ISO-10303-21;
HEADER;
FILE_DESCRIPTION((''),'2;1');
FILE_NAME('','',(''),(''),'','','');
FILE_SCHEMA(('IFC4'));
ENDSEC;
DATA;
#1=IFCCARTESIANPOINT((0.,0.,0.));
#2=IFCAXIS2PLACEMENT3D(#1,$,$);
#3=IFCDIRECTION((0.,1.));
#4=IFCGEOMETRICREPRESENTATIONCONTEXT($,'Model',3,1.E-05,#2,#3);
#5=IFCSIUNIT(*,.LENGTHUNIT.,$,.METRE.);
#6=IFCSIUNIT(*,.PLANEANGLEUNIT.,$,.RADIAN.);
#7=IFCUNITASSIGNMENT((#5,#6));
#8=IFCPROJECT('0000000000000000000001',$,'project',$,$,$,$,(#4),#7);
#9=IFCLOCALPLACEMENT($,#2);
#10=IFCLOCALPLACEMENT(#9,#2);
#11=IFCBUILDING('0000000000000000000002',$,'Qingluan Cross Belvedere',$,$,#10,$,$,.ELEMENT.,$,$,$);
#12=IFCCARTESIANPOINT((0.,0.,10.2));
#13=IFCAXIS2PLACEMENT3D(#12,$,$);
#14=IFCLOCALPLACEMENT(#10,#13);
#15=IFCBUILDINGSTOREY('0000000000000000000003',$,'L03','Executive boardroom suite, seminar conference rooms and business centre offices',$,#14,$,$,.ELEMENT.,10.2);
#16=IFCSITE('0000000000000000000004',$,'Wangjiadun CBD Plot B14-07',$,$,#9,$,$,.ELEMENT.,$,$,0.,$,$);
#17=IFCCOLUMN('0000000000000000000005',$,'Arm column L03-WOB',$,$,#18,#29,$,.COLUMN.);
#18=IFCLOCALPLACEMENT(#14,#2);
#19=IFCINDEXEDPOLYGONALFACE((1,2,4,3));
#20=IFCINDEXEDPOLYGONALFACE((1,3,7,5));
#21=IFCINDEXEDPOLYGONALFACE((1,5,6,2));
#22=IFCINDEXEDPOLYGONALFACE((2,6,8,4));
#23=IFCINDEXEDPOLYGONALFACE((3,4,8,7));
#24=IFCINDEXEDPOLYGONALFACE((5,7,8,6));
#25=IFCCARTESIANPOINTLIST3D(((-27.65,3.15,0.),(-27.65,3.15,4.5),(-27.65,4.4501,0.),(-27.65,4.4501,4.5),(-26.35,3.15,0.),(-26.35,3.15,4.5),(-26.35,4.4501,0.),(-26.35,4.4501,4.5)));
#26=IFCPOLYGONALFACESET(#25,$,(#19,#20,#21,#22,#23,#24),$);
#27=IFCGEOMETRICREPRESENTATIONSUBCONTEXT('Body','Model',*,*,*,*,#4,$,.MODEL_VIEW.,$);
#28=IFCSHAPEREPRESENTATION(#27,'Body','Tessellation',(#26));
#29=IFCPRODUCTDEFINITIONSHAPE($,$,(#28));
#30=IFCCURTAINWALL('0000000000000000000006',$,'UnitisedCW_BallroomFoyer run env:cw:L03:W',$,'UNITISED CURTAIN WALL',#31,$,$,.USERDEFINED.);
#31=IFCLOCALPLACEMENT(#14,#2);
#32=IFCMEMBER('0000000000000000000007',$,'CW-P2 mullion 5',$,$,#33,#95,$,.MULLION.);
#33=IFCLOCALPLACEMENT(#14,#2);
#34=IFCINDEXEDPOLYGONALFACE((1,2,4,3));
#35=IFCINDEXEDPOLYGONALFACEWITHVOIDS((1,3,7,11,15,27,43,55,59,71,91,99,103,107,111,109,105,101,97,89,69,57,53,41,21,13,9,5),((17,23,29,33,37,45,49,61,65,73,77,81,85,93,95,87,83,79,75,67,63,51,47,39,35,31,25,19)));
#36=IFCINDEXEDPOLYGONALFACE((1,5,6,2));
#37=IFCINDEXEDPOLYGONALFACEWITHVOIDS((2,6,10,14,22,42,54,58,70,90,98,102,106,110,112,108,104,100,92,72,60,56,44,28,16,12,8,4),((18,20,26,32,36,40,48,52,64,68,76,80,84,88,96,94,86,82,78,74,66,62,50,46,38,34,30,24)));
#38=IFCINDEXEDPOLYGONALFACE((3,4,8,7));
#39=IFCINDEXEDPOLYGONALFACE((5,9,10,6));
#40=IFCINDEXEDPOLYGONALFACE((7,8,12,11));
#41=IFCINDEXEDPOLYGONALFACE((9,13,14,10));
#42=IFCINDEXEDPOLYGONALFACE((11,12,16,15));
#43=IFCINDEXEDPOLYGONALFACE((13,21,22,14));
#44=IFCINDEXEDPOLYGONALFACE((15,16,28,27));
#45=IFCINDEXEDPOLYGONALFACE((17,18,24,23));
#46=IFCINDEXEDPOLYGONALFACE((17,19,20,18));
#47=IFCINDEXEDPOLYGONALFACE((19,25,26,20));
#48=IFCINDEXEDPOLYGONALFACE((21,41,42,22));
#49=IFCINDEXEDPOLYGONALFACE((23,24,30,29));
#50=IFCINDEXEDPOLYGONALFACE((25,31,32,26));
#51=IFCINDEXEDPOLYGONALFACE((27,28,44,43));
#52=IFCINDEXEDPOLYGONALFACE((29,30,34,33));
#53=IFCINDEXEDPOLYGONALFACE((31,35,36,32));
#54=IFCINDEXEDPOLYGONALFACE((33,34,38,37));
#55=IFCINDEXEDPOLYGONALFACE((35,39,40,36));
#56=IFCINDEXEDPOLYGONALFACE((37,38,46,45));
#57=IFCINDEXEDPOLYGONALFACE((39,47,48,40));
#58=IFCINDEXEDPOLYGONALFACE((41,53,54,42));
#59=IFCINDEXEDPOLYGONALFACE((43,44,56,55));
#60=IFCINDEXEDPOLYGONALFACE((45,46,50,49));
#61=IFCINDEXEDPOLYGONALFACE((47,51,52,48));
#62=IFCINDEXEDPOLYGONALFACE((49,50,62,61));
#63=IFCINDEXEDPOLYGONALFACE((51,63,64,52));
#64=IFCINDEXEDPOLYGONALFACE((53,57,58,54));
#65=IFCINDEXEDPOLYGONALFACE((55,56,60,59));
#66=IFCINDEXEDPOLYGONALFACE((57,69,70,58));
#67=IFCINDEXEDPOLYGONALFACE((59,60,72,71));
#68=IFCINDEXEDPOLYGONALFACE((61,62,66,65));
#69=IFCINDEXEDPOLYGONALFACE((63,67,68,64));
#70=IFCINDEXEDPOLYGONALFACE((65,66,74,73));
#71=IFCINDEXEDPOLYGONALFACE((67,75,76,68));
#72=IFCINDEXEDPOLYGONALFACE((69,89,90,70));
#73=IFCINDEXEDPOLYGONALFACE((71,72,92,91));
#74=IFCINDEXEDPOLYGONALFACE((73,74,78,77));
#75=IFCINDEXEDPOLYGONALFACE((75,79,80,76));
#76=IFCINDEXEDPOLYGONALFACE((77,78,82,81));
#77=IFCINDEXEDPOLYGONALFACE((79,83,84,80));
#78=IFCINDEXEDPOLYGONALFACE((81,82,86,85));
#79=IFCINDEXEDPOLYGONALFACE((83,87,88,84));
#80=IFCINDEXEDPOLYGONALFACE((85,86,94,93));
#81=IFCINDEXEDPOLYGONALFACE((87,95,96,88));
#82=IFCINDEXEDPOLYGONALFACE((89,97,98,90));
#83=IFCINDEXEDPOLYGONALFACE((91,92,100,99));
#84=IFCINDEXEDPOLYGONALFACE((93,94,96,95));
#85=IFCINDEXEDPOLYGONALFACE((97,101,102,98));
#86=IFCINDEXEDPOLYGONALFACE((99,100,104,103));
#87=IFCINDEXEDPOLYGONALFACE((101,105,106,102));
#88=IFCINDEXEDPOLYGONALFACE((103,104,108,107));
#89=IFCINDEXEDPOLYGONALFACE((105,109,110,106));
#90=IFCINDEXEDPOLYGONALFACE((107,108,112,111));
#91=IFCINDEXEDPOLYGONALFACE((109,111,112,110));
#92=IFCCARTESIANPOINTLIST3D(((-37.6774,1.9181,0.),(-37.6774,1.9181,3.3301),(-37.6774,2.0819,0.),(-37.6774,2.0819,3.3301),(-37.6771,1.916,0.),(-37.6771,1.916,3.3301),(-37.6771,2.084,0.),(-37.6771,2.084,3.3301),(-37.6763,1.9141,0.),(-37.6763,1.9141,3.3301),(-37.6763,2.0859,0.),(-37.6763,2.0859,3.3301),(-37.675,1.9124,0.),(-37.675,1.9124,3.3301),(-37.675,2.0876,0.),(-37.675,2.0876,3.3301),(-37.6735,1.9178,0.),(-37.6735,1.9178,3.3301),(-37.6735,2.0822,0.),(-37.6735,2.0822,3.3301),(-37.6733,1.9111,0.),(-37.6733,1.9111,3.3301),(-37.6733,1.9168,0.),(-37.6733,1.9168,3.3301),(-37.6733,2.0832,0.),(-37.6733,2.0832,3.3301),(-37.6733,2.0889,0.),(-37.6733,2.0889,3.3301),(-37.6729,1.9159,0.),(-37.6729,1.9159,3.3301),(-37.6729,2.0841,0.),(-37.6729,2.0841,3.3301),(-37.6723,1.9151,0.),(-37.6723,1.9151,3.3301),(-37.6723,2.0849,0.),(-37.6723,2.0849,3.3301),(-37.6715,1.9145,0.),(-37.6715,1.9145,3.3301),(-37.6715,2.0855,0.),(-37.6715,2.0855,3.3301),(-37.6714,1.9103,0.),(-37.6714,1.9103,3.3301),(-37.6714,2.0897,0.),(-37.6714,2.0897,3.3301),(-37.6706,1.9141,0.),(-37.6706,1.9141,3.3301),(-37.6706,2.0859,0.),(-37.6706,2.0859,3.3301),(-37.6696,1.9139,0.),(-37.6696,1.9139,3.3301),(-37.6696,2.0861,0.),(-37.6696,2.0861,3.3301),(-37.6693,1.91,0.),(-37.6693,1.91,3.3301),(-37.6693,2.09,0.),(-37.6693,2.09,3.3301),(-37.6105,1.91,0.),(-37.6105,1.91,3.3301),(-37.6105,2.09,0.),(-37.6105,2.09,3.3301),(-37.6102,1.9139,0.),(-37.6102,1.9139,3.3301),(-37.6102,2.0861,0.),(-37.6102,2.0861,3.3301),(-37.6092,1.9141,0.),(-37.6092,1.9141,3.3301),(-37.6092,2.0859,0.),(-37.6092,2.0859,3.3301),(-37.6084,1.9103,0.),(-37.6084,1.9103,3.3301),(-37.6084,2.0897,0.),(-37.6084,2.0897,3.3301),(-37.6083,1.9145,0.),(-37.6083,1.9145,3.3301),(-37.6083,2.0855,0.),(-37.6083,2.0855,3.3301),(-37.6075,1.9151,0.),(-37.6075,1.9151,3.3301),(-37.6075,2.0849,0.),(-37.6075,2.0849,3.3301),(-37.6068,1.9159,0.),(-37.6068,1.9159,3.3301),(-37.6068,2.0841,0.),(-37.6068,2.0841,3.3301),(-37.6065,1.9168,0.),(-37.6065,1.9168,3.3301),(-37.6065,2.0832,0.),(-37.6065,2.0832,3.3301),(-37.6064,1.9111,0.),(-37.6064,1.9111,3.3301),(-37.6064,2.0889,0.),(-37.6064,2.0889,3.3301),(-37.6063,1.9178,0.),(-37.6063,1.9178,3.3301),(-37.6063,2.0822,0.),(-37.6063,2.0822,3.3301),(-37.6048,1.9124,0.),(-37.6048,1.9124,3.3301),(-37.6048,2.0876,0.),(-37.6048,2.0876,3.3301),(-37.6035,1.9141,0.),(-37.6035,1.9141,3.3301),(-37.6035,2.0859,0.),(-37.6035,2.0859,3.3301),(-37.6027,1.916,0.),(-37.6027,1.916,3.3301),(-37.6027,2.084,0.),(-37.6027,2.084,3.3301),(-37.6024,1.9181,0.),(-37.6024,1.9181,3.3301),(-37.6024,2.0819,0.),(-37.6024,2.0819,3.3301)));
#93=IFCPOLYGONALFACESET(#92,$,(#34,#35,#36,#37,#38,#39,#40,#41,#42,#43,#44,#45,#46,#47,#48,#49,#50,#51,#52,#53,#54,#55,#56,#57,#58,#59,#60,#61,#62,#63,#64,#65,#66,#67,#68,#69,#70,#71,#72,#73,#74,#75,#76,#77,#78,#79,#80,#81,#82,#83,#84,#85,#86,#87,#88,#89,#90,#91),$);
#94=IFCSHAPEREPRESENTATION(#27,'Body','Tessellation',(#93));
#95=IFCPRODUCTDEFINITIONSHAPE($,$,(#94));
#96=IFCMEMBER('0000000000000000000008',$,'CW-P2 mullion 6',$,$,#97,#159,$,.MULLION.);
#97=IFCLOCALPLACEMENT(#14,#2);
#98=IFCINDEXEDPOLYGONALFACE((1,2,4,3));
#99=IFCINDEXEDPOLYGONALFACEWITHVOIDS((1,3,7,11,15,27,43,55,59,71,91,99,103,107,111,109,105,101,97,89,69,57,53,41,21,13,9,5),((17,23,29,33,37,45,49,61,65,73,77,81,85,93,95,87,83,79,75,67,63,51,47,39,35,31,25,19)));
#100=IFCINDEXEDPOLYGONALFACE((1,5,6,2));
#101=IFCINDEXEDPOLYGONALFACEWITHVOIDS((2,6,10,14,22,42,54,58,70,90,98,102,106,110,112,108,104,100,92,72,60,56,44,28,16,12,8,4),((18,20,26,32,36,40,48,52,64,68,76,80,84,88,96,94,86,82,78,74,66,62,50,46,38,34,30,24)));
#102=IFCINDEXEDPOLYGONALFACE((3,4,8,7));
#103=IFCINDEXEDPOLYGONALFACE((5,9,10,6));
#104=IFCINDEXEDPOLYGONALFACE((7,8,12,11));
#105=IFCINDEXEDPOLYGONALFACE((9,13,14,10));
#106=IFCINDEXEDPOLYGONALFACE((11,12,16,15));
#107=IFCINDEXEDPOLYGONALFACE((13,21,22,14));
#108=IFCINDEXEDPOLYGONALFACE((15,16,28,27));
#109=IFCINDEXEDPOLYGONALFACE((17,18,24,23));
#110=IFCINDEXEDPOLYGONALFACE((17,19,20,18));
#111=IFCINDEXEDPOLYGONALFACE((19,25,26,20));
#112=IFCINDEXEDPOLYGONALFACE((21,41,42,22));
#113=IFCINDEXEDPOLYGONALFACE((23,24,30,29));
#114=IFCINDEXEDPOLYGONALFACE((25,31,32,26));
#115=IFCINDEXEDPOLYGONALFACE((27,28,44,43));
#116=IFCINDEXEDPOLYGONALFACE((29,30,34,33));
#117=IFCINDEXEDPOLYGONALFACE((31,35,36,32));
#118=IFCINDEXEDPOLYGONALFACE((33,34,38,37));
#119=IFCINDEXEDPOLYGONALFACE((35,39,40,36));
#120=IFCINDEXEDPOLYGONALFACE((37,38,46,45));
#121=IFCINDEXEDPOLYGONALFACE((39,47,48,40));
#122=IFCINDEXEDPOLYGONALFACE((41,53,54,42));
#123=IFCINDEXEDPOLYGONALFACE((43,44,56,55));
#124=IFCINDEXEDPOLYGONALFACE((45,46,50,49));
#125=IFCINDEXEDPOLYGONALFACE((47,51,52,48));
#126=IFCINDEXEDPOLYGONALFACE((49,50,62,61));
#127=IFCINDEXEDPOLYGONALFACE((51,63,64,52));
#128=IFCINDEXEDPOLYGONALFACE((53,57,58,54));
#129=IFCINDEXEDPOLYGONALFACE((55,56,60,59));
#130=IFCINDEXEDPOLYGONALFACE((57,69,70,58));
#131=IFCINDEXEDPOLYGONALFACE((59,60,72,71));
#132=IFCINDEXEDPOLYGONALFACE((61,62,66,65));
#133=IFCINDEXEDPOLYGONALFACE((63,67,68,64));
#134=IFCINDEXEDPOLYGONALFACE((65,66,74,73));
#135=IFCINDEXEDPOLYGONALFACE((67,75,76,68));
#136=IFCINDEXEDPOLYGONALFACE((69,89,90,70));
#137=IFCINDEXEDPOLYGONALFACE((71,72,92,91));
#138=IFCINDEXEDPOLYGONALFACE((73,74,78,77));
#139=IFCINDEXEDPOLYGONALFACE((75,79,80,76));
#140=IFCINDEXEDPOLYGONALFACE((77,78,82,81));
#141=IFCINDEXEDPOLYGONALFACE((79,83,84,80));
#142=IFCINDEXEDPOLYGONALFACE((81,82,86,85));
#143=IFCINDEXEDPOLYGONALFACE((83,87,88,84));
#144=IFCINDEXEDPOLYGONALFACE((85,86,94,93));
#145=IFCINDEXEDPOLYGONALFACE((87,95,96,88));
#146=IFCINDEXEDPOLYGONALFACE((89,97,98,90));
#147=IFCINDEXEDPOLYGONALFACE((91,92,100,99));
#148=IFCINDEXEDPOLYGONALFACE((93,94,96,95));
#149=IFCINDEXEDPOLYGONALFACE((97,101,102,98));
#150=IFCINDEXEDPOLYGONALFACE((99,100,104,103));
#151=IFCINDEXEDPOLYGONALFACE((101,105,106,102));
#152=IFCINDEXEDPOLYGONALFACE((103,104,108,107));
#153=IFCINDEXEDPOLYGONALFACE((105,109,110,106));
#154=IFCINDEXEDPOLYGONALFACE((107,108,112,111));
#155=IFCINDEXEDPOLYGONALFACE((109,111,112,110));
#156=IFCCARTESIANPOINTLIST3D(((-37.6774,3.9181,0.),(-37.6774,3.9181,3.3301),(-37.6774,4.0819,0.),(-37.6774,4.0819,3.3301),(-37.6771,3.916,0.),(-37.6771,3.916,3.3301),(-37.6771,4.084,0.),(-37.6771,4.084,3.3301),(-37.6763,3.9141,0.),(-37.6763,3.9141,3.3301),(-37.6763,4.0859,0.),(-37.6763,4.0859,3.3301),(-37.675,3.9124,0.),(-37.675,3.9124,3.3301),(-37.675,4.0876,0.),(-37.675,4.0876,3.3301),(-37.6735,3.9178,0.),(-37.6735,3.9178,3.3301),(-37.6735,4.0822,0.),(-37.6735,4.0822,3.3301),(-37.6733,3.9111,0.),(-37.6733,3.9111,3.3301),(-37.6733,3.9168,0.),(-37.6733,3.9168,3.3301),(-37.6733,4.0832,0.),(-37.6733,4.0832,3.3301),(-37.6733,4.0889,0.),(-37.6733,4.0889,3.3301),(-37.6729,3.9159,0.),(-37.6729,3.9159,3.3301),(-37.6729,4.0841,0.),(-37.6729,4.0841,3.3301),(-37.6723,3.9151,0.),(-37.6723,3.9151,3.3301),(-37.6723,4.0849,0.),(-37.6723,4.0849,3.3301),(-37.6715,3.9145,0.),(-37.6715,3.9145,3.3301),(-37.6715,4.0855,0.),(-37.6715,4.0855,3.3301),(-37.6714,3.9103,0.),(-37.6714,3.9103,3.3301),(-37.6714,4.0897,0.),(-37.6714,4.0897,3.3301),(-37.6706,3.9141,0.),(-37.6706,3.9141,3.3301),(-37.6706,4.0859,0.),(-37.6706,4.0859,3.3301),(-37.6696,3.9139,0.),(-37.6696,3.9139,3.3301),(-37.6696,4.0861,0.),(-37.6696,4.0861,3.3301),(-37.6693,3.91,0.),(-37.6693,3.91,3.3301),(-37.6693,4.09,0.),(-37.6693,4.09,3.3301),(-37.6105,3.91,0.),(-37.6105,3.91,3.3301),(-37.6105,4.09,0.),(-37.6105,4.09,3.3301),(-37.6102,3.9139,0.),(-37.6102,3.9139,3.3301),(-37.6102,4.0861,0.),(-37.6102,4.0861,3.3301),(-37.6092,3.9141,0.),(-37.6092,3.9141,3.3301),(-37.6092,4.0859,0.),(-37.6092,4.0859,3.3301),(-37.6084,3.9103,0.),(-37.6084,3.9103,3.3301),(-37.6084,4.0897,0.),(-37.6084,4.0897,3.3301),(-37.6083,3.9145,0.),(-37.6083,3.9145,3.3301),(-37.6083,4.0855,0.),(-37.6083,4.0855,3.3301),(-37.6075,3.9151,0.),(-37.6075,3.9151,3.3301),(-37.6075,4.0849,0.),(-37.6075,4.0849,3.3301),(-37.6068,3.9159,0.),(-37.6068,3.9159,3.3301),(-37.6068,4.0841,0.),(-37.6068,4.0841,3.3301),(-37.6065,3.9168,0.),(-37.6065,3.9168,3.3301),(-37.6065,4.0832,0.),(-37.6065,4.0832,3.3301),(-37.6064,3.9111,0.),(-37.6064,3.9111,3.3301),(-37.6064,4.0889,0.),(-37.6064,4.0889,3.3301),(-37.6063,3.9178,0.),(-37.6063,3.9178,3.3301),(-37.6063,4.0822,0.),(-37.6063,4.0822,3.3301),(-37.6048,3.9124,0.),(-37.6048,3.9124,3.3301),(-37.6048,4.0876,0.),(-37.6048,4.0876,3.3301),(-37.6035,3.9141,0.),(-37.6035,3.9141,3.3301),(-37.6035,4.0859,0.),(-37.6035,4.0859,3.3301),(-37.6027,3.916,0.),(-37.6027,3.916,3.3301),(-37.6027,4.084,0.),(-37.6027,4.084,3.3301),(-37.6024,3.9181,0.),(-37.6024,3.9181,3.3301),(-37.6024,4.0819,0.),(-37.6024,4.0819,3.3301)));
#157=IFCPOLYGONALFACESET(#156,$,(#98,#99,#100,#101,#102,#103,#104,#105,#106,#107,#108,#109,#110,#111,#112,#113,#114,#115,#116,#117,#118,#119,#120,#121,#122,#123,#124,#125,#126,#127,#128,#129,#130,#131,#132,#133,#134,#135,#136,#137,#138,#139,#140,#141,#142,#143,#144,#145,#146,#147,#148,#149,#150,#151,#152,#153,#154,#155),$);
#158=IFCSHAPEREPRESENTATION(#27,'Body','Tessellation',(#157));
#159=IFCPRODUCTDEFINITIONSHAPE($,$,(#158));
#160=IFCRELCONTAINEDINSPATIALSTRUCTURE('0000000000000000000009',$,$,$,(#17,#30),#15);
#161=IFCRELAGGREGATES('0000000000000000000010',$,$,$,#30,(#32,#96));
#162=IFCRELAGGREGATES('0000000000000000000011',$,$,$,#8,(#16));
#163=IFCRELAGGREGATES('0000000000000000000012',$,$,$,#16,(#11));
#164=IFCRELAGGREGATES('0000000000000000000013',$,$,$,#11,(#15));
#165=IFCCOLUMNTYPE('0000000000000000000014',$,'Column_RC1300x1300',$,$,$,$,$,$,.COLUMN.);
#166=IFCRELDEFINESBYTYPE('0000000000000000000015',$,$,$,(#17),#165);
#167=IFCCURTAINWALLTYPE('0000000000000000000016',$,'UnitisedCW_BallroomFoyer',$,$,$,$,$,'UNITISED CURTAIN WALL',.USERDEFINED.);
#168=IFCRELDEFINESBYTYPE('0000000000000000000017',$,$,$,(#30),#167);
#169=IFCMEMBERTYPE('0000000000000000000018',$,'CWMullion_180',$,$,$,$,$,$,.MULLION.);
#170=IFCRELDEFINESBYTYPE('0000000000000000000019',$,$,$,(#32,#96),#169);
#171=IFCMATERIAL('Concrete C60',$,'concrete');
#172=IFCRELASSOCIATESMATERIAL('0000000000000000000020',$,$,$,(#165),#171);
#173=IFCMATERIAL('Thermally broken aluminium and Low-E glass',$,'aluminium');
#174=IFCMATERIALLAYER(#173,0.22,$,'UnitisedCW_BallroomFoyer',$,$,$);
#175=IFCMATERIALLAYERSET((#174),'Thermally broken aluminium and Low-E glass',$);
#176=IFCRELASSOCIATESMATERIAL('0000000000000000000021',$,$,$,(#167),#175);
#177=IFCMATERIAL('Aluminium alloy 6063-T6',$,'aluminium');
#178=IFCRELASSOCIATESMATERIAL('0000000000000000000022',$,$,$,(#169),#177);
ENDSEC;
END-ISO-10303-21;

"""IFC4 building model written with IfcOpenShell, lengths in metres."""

from ifc_helpers import new_model, si_unit, direction, frame, origin, origin_2d, place, context, subcontext, project, spatial, rectangle, hollow_rectangle, extrude, material, layer, layer_set, material_profile, profile_set, type_object, element, aggregate, save


model = new_model("IFC4")

# Units and contexts
model_context = context("Model", 3, precision=1e-05, world=origin(), true_north=direction((0.0, 1.0)))
body_context = subcontext(model_context, "Body", "Model", "MODEL_VIEW")
ifc_project = project(units=[si_unit("LENGTHUNIT", "METRE"), si_unit("PLANEANGLEUNIT", "RADIAN")], contexts=[model_context])

# Site, building, storey
site_placement = place(None, origin())
site = spatial("IfcSite", under=ifc_project, at=site_placement, Name="Wangjiadun CBD Plot B14-07", CompositionType="ELEMENT", RefElevation=0.0)
building_placement = place(site_placement, origin())
building = spatial("IfcBuilding", under=site, at=building_placement, Name="Qingluan Cross Belvedere", CompositionType="ELEMENT")
storey_placement = place(building_placement, frame((0.0, 0.0, 10.2)))
storey = spatial("IfcBuildingStorey", under=building, at=storey_placement, Name="L03", Description="Executive boardroom suite, seminar conference rooms and business centre offices", CompositionType="ELEMENT", Elevation=10.2)

# Column
ifc_material_1 = material(Name="Concrete C60", Category="concrete")
ifc_material_profile_1 = material_profile(ifc_material_1, rectangle(XDim=1.3, YDim=1.3, at=origin_2d()), Name="RC1300x1300")
ifc_profile_set_1 = profile_set([ifc_material_profile_1], Name="Concrete C60")
column_type = type_object("IfcColumnType", Name="Column_RC1300x1300", PredefinedType="COLUMN", material=ifc_profile_set_1)
column_placement = place(storey_placement, frame((-27.0, 3.8, 0.0), z_axis=(0.0, 0.0, 1.0), x_axis=(1.0, 0.0, 0.0)))
element("IfcColumn", 1, at=column_placement, inside=storey, type_object=column_type, Name="Arm column L03-WOB", PredefinedType="COLUMN", context=body_context, shape_type="SweptSolid", body=[
    extrude(rectangle(XDim=1.3, YDim=1.3, at=origin_2d()), origin(), (0.0, 0.0, 1.0), 4.5),
])

# Curtain wall, members
ifc_material_2 = material(Name="Thermally broken aluminium and Low-E glass", Category="aluminium")
ifc_layer_1 = layer(ifc_material_2, 0.22, Name="UnitisedCW_BallroomFoyer")
ifc_layer_set_1 = layer_set([ifc_layer_1], Name="Thermally broken aluminium and Low-E glass")
curtain_wall_type = type_object("IfcCurtainWallType", Name="UnitisedCW_BallroomFoyer", ElementType="UNITISED CURTAIN WALL", PredefinedType="USERDEFINED", material=ifc_layer_set_1)
curtain_wall_placement = place(storey_placement, origin())
curtain_wall = element("IfcCurtainWall", 2, at=curtain_wall_placement, inside=storey, type_object=curtain_wall_type, Name="UnitisedCW_BallroomFoyer run env:cw:L03:W", ObjectType="UNITISED CURTAIN WALL", PredefinedType="USERDEFINED")
ifc_material_3 = material(Name="Aluminium alloy 6063-T6", Category="aluminium")
ifc_material_profile_2 = material_profile(ifc_material_3, hollow_rectangle(XDim=0.075, YDim=0.1799, WallThickness=0.0039, InnerFilletRadius=0.0039, OuterFilletRadius=0.0081, at=origin_2d()), Name="CWM180x75x4")
ifc_profile_set_2 = profile_set([ifc_material_profile_2], Name="Aluminium alloy 6063-T6")
member_type_1 = type_object("IfcMemberType", Name="CWMullion_180", PredefinedType="MULLION", material=ifc_profile_set_2)
member_1_placement = place(storey_placement, frame((-37.6399, 2.0, 0.0), z_axis=(0.0, 0.0, 1.0), x_axis=(-1.0, 0.0, 0.0)))
member_1 = element("IfcMember", 3, at=member_1_placement, type_object=member_type_1, Name="CW-P2 mullion 5", PredefinedType="MULLION", context=body_context, shape_type="SweptSolid", body=[
    extrude(hollow_rectangle(XDim=0.075, YDim=0.1799, WallThickness=0.0039, InnerFilletRadius=0.0039, OuterFilletRadius=0.0081, at=origin_2d()), origin(), (0.0, 0.0, 1.0), 3.3301),
])
member_2_placement = place(storey_placement, frame((-37.6399, 4.0, 0.0), z_axis=(0.0, 0.0, 1.0), x_axis=(-1.0, 0.0, 0.0)))
member_2 = element("IfcMember", 4, at=member_2_placement, type_object=member_type_1, Name="CW-P2 mullion 6", PredefinedType="MULLION", context=body_context, shape_type="SweptSolid", body=[
    extrude(hollow_rectangle(XDim=0.075, YDim=0.1799, WallThickness=0.0039, InnerFilletRadius=0.0039, OuterFilletRadius=0.0081, at=origin_2d()), origin(), (0.0, 0.0, 1.0), 3.3301),
])
aggregate(curtain_wall, [member_1, member_2])

save(model, "model.ifc")
